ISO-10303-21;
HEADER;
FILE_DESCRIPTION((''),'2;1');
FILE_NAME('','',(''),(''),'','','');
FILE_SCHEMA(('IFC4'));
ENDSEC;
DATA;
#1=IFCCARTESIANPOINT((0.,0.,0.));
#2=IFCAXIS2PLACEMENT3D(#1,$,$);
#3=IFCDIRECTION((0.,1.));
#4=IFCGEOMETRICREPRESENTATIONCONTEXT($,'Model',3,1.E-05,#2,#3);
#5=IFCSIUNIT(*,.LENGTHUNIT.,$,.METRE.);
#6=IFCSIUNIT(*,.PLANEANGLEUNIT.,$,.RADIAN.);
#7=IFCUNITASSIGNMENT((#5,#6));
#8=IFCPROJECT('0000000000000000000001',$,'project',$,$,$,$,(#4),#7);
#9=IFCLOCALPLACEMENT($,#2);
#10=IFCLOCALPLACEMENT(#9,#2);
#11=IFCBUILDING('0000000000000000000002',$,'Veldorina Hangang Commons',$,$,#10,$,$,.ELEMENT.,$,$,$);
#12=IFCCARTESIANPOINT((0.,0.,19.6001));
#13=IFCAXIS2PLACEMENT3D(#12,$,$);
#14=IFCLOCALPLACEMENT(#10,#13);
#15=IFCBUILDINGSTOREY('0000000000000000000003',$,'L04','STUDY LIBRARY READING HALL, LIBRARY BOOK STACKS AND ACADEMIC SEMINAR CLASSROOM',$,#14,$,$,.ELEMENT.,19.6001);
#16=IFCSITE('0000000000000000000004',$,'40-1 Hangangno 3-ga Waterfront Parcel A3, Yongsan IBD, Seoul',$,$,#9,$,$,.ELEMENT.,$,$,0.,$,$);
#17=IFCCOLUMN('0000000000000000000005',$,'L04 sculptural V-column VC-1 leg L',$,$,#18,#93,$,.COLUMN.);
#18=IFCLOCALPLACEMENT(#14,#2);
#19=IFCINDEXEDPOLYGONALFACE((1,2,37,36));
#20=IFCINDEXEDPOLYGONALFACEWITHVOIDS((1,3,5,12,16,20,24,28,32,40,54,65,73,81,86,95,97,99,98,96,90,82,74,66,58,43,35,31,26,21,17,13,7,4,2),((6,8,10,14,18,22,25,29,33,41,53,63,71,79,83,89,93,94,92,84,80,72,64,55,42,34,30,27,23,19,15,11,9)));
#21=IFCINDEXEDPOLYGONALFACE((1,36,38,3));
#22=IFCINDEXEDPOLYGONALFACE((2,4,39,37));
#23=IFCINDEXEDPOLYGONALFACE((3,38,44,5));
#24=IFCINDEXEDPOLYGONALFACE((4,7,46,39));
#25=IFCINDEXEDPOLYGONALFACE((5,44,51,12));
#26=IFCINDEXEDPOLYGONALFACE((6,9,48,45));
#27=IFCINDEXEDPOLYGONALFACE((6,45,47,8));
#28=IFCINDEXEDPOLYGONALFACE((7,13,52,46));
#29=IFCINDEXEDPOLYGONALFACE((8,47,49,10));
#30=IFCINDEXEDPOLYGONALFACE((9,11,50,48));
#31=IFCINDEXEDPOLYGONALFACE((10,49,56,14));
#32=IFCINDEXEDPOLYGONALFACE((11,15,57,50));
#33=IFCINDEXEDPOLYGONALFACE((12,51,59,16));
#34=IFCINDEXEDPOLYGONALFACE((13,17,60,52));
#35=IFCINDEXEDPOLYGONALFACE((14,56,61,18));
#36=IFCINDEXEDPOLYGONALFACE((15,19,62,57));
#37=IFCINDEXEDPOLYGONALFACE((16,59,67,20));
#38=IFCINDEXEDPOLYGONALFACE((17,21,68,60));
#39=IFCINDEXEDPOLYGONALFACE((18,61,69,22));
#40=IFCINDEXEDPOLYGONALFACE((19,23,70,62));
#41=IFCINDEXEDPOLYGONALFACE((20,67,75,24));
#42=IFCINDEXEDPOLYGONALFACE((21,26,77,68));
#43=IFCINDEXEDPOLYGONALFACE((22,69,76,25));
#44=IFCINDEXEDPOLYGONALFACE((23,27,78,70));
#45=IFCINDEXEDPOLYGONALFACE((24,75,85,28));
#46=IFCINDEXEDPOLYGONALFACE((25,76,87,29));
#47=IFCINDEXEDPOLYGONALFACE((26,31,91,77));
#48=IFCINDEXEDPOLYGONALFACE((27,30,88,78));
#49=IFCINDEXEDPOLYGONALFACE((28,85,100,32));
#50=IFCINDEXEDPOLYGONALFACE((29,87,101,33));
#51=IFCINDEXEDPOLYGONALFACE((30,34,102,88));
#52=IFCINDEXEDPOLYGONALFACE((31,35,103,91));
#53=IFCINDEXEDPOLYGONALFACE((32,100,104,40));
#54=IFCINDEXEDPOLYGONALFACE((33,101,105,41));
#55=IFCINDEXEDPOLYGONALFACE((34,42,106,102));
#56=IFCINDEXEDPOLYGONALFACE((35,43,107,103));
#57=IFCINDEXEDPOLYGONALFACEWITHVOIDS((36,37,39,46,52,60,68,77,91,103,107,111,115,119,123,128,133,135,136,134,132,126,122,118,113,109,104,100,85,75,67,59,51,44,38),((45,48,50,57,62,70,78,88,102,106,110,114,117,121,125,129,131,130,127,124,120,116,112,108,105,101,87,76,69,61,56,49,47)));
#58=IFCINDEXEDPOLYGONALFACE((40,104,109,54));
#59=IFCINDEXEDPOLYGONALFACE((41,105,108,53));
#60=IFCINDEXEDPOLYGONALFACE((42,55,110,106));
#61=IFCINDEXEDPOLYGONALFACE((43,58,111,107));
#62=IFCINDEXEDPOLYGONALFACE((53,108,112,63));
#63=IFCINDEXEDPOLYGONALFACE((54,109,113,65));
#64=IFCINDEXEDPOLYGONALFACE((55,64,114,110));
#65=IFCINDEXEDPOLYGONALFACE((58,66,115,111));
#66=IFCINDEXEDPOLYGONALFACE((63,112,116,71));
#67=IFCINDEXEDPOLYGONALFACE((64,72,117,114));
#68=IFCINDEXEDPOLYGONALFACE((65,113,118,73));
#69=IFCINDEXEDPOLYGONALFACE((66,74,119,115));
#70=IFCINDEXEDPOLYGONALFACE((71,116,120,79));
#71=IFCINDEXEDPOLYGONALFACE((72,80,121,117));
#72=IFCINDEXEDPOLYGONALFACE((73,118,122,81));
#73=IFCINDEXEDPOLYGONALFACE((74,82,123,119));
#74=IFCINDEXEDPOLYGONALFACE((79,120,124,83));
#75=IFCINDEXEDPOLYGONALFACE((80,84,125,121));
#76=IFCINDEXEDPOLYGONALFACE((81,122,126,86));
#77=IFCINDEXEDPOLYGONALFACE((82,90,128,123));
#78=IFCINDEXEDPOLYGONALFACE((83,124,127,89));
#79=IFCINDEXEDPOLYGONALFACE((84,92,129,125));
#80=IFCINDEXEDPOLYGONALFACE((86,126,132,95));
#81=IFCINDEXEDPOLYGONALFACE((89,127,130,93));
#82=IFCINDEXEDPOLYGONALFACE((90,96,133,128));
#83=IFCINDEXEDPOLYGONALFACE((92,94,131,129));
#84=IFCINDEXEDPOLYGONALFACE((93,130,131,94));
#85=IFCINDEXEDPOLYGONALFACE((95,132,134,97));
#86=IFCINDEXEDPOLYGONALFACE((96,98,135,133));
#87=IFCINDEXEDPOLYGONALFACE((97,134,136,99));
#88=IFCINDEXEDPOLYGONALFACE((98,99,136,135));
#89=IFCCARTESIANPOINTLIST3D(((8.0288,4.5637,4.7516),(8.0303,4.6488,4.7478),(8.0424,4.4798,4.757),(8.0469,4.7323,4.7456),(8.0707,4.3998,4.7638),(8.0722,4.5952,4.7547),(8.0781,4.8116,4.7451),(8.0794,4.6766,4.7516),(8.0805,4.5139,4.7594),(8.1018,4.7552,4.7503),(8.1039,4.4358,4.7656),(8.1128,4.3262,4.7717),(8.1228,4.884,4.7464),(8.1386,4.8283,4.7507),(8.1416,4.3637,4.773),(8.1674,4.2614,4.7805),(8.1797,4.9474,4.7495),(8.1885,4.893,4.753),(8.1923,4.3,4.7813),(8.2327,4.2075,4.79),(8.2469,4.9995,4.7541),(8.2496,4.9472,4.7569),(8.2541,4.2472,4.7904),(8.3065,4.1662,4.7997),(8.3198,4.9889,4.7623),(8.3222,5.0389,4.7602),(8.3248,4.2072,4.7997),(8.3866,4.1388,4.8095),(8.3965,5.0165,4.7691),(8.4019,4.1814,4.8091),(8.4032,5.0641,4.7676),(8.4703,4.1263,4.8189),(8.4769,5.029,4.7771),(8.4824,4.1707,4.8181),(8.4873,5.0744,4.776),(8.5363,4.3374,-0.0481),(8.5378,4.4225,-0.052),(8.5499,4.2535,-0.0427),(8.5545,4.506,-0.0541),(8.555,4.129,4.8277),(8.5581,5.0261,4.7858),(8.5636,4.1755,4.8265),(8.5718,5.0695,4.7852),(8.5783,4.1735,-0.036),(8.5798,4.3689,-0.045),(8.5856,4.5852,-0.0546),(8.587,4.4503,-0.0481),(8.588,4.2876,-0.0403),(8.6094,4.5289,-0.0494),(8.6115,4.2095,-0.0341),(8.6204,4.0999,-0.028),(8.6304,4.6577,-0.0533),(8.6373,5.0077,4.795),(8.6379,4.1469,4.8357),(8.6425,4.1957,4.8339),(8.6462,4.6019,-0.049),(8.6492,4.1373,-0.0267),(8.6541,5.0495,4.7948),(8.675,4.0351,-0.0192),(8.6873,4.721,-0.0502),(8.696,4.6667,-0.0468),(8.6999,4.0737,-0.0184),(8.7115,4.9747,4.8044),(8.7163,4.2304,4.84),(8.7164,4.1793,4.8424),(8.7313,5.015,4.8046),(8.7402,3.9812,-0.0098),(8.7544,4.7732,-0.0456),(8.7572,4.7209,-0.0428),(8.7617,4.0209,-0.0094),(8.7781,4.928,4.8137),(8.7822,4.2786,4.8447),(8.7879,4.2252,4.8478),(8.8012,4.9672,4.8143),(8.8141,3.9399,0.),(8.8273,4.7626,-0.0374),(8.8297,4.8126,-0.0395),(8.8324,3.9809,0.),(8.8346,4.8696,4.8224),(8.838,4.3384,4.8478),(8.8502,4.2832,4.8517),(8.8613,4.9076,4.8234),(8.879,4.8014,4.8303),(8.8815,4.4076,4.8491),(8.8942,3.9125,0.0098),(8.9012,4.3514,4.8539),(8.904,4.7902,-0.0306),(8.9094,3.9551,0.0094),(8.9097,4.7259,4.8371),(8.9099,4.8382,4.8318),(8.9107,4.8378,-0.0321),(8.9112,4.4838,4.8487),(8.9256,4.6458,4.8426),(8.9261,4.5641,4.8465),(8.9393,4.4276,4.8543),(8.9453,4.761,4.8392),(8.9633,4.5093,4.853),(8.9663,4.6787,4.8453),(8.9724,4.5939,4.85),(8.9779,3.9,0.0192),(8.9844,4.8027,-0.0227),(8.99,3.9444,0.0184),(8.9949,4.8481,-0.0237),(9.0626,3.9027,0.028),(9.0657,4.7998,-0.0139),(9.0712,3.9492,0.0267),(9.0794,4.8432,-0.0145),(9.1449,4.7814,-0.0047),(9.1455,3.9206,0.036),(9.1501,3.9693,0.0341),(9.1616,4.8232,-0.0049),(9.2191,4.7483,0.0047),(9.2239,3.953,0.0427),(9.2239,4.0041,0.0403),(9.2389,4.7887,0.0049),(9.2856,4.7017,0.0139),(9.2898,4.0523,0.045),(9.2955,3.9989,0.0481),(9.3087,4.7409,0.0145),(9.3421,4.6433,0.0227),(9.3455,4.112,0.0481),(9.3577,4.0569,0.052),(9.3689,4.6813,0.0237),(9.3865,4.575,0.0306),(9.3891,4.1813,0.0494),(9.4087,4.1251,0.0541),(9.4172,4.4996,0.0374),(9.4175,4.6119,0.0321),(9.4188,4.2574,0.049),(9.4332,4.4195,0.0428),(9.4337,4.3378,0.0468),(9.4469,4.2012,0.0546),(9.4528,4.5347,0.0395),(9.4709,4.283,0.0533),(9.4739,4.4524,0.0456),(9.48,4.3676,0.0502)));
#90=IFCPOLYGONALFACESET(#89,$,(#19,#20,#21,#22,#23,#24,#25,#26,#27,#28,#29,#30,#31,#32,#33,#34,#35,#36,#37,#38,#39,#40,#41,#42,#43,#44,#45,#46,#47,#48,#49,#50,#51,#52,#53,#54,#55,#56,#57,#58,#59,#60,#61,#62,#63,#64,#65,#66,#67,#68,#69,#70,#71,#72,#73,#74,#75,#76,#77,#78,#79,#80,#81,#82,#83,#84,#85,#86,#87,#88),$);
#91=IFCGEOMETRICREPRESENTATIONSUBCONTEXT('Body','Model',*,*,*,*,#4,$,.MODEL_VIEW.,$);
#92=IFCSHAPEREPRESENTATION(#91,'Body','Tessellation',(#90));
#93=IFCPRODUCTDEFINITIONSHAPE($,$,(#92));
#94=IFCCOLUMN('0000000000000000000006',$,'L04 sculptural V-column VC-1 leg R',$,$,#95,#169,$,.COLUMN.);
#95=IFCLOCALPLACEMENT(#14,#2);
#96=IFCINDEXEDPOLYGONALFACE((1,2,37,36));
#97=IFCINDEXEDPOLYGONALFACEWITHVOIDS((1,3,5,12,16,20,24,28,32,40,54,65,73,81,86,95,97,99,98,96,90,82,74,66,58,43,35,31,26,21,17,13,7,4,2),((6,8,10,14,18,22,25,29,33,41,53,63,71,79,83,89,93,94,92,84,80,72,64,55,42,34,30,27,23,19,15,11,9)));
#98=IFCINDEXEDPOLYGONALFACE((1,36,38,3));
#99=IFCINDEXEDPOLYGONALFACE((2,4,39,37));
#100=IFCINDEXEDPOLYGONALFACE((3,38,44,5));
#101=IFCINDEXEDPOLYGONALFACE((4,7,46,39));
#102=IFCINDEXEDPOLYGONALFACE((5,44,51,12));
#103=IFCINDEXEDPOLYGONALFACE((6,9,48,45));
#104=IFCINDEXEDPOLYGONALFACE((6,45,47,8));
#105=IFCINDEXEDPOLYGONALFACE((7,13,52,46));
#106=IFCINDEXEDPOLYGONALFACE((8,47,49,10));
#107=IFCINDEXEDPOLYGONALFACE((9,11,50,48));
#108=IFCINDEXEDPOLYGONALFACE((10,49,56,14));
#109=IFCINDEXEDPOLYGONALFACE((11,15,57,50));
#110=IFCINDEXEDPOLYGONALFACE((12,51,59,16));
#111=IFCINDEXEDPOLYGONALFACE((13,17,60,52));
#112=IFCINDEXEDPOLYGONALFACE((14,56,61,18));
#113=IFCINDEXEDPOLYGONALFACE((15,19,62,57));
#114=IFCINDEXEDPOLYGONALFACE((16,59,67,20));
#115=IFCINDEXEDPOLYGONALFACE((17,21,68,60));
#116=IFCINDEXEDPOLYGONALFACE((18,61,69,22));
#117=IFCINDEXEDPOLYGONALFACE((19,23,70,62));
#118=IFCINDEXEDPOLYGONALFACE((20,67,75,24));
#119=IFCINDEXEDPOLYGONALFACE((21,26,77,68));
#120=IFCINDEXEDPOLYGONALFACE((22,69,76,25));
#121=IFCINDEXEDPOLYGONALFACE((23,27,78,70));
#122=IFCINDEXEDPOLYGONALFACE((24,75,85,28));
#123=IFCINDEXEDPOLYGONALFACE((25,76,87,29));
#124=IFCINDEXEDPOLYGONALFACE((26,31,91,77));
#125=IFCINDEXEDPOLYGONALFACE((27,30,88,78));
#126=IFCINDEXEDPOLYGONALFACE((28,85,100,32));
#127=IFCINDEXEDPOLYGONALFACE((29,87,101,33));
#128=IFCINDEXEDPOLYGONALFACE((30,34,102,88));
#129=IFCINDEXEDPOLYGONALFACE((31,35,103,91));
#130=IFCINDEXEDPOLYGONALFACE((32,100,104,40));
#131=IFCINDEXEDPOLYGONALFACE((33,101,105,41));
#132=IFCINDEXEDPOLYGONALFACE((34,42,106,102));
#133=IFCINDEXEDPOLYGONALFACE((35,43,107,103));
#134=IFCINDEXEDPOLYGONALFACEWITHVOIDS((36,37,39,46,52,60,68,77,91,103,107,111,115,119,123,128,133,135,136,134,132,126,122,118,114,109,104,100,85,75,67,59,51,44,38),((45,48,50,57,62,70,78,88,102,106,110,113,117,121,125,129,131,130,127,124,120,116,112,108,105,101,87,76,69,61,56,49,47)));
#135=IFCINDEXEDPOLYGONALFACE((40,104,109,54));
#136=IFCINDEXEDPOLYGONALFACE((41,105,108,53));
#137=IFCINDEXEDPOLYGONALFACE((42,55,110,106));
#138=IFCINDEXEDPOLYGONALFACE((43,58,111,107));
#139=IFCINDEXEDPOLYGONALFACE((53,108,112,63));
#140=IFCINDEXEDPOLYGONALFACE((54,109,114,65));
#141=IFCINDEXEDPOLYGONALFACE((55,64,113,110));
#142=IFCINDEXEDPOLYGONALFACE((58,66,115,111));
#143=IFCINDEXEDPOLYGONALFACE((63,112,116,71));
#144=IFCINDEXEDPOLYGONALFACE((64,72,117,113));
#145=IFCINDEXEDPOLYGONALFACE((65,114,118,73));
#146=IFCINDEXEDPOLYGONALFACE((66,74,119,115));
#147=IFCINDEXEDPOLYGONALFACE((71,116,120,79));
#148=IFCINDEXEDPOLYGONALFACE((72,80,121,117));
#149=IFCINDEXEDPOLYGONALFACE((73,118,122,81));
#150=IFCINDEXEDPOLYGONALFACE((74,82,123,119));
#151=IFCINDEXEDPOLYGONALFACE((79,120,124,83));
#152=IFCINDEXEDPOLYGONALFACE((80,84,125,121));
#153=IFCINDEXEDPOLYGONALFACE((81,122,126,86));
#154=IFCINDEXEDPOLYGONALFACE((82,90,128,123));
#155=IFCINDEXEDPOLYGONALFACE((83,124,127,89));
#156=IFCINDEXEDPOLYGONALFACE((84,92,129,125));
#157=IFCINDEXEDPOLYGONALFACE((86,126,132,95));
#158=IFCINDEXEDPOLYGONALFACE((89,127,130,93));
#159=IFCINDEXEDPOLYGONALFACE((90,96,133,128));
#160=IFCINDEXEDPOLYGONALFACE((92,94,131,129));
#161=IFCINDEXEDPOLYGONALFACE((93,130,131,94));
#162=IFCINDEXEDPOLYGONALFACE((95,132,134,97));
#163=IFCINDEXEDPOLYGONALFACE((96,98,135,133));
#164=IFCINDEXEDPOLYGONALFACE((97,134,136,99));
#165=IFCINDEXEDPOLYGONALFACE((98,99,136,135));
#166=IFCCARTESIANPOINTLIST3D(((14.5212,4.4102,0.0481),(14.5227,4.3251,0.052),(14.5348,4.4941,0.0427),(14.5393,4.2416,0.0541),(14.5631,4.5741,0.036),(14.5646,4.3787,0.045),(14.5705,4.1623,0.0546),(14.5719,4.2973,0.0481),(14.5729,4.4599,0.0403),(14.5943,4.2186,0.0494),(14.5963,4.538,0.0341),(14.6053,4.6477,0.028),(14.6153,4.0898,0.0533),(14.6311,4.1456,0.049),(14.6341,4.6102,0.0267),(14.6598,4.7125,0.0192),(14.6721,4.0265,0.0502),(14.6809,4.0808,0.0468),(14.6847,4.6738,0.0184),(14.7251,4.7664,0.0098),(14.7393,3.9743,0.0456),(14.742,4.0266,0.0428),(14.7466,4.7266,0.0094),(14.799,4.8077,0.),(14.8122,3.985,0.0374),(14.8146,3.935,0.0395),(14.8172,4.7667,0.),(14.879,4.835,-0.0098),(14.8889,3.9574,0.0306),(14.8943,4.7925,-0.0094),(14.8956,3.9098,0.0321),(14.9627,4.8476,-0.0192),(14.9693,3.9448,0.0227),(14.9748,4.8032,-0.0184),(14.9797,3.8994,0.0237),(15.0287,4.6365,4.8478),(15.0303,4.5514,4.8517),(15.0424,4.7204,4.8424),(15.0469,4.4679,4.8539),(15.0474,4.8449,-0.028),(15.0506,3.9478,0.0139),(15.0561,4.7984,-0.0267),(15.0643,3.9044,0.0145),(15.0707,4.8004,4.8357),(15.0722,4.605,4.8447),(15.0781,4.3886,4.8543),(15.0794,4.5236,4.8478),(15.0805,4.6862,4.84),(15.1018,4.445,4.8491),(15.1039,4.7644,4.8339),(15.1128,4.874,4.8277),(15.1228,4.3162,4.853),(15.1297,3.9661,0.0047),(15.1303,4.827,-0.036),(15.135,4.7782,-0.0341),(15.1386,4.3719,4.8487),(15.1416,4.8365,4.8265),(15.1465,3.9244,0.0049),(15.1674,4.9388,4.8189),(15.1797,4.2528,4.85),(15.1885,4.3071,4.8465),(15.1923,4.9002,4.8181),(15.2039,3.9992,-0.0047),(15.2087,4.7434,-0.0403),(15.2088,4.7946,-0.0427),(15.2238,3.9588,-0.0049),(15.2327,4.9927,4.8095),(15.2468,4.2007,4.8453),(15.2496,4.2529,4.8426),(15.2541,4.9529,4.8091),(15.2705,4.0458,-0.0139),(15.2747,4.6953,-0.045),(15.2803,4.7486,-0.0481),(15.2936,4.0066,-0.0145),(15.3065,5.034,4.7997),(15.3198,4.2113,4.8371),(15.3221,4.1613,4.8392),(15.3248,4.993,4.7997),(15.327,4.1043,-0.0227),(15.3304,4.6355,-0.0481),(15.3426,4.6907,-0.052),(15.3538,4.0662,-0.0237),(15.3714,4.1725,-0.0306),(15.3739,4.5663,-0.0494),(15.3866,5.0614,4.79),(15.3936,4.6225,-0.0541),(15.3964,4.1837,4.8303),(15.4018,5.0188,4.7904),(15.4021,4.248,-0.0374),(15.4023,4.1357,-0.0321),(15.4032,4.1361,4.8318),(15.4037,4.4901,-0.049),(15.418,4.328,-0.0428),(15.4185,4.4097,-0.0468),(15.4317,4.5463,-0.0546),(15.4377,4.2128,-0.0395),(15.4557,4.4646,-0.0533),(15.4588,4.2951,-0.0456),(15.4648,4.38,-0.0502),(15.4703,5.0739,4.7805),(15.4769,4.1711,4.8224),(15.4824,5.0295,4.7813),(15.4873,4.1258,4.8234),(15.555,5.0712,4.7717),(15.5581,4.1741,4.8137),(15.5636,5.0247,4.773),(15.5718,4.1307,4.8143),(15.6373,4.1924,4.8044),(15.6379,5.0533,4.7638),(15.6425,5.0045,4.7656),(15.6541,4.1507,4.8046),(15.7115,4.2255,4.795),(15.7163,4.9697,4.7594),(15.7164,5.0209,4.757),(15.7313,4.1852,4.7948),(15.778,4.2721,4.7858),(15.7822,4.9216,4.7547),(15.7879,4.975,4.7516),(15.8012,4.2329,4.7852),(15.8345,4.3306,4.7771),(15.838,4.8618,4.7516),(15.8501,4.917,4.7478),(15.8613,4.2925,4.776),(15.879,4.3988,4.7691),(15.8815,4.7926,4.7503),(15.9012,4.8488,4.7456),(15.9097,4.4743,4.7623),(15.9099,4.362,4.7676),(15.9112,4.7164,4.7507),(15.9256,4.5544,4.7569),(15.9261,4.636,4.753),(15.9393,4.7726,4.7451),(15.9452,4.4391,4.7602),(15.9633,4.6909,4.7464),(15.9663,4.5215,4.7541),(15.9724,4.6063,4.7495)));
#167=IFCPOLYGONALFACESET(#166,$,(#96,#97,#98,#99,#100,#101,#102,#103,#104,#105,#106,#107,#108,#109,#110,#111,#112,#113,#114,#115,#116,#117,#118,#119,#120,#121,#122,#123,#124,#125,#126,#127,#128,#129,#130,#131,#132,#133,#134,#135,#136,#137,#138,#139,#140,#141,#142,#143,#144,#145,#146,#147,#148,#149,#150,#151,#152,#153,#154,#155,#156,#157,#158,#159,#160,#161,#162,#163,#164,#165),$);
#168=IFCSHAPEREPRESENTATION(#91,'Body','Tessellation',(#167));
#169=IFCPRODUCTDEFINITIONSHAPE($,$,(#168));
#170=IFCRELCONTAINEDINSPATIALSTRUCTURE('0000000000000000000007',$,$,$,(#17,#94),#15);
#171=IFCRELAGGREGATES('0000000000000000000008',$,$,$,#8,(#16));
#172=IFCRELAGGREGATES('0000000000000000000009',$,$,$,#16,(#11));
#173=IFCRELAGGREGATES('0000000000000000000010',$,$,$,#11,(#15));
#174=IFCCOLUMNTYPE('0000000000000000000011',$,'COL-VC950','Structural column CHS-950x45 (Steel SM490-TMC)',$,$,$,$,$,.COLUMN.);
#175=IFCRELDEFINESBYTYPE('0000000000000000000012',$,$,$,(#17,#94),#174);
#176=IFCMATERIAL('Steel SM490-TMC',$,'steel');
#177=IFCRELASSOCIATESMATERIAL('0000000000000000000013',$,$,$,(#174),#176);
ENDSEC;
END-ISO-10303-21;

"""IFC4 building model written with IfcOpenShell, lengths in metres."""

from ifc_helpers import new_model, si_unit, direction, frame, origin, origin_2d, place, context, subcontext, project, spatial, hollow_circle, extrude, material, material_profile, profile_set, type_object, element, save


model = new_model("IFC4")

# Units and contexts
model_context = context("Model", 3, precision=1e-05, world=origin(), true_north=direction((0.0, 1.0)))
body_context = subcontext(model_context, "Body", "Model", "MODEL_VIEW")
ifc_project = project(units=[si_unit("LENGTHUNIT", "METRE"), si_unit("PLANEANGLEUNIT", "RADIAN")], contexts=[model_context])

# Site, building, storey
site_placement = place(None, origin())
site = spatial("IfcSite", under=ifc_project, at=site_placement, Name="40-1 Hangangno 3-ga Waterfront Parcel A3, Yongsan IBD, Seoul", CompositionType="ELEMENT", RefElevation=0.0)
building_placement = place(site_placement, origin())
building = spatial("IfcBuilding", under=site, at=building_placement, Name="Veldorina Hangang Commons", CompositionType="ELEMENT")
storey_placement = place(building_placement, frame((0.0, 0.0, 19.6001)))
storey = spatial("IfcBuildingStorey", under=building, at=storey_placement, Name="L04", Description="STUDY LIBRARY READING HALL, LIBRARY BOOK STACKS AND ACADEMIC SEMINAR CLASSROOM", CompositionType="ELEMENT", Elevation=19.6001)

# Columns
ifc_material_1 = material(Name="Steel SM490-TMC", Category="steel")
ifc_material_profile_1 = material_profile(ifc_material_1, hollow_circle(Radius=0.4751, WallThickness=0.0449, at=origin_2d()), Name="CHS-950x45")
ifc_profile_set_1 = profile_set([ifc_material_profile_1], Name="Steel SM490-TMC")
column_type_1 = type_object("IfcColumnType", Name="COL-VC950", Description="Structural column CHS-950x45 (Steel SM490-TMC)", PredefinedType="COLUMN", material=ifc_profile_set_1)
for number, where, z_axis, x_axis, name in (
    (1, (9.0076, 4.3738, 0.0), (-0.105046, 0.046839, 0.993364), (-0.407239, -0.913322, 0.0), "L04 sculptural V-column VC-1 leg L"),
    (2, (14.9924, 4.3738, 0.0), (0.105046, 0.046839, 0.993364), (-0.407239, 0.913322, 0.0), "L04 sculptural V-column VC-1 leg R"),
):
    element("IfcColumn", number, at=place(storey_placement, frame(where, z_axis=z_axis, x_axis=x_axis)), inside=storey, type_object=column_type_1, Name=name, PredefinedType="COLUMN", context=body_context, shape_type="SweptSolid", body=[
        extrude(hollow_circle(Radius=0.4751, WallThickness=0.0449, at=origin_2d()), origin(), (0.0, 0.0, 1.0), 4.8318),
    ])

save(model, "model.ifc")
